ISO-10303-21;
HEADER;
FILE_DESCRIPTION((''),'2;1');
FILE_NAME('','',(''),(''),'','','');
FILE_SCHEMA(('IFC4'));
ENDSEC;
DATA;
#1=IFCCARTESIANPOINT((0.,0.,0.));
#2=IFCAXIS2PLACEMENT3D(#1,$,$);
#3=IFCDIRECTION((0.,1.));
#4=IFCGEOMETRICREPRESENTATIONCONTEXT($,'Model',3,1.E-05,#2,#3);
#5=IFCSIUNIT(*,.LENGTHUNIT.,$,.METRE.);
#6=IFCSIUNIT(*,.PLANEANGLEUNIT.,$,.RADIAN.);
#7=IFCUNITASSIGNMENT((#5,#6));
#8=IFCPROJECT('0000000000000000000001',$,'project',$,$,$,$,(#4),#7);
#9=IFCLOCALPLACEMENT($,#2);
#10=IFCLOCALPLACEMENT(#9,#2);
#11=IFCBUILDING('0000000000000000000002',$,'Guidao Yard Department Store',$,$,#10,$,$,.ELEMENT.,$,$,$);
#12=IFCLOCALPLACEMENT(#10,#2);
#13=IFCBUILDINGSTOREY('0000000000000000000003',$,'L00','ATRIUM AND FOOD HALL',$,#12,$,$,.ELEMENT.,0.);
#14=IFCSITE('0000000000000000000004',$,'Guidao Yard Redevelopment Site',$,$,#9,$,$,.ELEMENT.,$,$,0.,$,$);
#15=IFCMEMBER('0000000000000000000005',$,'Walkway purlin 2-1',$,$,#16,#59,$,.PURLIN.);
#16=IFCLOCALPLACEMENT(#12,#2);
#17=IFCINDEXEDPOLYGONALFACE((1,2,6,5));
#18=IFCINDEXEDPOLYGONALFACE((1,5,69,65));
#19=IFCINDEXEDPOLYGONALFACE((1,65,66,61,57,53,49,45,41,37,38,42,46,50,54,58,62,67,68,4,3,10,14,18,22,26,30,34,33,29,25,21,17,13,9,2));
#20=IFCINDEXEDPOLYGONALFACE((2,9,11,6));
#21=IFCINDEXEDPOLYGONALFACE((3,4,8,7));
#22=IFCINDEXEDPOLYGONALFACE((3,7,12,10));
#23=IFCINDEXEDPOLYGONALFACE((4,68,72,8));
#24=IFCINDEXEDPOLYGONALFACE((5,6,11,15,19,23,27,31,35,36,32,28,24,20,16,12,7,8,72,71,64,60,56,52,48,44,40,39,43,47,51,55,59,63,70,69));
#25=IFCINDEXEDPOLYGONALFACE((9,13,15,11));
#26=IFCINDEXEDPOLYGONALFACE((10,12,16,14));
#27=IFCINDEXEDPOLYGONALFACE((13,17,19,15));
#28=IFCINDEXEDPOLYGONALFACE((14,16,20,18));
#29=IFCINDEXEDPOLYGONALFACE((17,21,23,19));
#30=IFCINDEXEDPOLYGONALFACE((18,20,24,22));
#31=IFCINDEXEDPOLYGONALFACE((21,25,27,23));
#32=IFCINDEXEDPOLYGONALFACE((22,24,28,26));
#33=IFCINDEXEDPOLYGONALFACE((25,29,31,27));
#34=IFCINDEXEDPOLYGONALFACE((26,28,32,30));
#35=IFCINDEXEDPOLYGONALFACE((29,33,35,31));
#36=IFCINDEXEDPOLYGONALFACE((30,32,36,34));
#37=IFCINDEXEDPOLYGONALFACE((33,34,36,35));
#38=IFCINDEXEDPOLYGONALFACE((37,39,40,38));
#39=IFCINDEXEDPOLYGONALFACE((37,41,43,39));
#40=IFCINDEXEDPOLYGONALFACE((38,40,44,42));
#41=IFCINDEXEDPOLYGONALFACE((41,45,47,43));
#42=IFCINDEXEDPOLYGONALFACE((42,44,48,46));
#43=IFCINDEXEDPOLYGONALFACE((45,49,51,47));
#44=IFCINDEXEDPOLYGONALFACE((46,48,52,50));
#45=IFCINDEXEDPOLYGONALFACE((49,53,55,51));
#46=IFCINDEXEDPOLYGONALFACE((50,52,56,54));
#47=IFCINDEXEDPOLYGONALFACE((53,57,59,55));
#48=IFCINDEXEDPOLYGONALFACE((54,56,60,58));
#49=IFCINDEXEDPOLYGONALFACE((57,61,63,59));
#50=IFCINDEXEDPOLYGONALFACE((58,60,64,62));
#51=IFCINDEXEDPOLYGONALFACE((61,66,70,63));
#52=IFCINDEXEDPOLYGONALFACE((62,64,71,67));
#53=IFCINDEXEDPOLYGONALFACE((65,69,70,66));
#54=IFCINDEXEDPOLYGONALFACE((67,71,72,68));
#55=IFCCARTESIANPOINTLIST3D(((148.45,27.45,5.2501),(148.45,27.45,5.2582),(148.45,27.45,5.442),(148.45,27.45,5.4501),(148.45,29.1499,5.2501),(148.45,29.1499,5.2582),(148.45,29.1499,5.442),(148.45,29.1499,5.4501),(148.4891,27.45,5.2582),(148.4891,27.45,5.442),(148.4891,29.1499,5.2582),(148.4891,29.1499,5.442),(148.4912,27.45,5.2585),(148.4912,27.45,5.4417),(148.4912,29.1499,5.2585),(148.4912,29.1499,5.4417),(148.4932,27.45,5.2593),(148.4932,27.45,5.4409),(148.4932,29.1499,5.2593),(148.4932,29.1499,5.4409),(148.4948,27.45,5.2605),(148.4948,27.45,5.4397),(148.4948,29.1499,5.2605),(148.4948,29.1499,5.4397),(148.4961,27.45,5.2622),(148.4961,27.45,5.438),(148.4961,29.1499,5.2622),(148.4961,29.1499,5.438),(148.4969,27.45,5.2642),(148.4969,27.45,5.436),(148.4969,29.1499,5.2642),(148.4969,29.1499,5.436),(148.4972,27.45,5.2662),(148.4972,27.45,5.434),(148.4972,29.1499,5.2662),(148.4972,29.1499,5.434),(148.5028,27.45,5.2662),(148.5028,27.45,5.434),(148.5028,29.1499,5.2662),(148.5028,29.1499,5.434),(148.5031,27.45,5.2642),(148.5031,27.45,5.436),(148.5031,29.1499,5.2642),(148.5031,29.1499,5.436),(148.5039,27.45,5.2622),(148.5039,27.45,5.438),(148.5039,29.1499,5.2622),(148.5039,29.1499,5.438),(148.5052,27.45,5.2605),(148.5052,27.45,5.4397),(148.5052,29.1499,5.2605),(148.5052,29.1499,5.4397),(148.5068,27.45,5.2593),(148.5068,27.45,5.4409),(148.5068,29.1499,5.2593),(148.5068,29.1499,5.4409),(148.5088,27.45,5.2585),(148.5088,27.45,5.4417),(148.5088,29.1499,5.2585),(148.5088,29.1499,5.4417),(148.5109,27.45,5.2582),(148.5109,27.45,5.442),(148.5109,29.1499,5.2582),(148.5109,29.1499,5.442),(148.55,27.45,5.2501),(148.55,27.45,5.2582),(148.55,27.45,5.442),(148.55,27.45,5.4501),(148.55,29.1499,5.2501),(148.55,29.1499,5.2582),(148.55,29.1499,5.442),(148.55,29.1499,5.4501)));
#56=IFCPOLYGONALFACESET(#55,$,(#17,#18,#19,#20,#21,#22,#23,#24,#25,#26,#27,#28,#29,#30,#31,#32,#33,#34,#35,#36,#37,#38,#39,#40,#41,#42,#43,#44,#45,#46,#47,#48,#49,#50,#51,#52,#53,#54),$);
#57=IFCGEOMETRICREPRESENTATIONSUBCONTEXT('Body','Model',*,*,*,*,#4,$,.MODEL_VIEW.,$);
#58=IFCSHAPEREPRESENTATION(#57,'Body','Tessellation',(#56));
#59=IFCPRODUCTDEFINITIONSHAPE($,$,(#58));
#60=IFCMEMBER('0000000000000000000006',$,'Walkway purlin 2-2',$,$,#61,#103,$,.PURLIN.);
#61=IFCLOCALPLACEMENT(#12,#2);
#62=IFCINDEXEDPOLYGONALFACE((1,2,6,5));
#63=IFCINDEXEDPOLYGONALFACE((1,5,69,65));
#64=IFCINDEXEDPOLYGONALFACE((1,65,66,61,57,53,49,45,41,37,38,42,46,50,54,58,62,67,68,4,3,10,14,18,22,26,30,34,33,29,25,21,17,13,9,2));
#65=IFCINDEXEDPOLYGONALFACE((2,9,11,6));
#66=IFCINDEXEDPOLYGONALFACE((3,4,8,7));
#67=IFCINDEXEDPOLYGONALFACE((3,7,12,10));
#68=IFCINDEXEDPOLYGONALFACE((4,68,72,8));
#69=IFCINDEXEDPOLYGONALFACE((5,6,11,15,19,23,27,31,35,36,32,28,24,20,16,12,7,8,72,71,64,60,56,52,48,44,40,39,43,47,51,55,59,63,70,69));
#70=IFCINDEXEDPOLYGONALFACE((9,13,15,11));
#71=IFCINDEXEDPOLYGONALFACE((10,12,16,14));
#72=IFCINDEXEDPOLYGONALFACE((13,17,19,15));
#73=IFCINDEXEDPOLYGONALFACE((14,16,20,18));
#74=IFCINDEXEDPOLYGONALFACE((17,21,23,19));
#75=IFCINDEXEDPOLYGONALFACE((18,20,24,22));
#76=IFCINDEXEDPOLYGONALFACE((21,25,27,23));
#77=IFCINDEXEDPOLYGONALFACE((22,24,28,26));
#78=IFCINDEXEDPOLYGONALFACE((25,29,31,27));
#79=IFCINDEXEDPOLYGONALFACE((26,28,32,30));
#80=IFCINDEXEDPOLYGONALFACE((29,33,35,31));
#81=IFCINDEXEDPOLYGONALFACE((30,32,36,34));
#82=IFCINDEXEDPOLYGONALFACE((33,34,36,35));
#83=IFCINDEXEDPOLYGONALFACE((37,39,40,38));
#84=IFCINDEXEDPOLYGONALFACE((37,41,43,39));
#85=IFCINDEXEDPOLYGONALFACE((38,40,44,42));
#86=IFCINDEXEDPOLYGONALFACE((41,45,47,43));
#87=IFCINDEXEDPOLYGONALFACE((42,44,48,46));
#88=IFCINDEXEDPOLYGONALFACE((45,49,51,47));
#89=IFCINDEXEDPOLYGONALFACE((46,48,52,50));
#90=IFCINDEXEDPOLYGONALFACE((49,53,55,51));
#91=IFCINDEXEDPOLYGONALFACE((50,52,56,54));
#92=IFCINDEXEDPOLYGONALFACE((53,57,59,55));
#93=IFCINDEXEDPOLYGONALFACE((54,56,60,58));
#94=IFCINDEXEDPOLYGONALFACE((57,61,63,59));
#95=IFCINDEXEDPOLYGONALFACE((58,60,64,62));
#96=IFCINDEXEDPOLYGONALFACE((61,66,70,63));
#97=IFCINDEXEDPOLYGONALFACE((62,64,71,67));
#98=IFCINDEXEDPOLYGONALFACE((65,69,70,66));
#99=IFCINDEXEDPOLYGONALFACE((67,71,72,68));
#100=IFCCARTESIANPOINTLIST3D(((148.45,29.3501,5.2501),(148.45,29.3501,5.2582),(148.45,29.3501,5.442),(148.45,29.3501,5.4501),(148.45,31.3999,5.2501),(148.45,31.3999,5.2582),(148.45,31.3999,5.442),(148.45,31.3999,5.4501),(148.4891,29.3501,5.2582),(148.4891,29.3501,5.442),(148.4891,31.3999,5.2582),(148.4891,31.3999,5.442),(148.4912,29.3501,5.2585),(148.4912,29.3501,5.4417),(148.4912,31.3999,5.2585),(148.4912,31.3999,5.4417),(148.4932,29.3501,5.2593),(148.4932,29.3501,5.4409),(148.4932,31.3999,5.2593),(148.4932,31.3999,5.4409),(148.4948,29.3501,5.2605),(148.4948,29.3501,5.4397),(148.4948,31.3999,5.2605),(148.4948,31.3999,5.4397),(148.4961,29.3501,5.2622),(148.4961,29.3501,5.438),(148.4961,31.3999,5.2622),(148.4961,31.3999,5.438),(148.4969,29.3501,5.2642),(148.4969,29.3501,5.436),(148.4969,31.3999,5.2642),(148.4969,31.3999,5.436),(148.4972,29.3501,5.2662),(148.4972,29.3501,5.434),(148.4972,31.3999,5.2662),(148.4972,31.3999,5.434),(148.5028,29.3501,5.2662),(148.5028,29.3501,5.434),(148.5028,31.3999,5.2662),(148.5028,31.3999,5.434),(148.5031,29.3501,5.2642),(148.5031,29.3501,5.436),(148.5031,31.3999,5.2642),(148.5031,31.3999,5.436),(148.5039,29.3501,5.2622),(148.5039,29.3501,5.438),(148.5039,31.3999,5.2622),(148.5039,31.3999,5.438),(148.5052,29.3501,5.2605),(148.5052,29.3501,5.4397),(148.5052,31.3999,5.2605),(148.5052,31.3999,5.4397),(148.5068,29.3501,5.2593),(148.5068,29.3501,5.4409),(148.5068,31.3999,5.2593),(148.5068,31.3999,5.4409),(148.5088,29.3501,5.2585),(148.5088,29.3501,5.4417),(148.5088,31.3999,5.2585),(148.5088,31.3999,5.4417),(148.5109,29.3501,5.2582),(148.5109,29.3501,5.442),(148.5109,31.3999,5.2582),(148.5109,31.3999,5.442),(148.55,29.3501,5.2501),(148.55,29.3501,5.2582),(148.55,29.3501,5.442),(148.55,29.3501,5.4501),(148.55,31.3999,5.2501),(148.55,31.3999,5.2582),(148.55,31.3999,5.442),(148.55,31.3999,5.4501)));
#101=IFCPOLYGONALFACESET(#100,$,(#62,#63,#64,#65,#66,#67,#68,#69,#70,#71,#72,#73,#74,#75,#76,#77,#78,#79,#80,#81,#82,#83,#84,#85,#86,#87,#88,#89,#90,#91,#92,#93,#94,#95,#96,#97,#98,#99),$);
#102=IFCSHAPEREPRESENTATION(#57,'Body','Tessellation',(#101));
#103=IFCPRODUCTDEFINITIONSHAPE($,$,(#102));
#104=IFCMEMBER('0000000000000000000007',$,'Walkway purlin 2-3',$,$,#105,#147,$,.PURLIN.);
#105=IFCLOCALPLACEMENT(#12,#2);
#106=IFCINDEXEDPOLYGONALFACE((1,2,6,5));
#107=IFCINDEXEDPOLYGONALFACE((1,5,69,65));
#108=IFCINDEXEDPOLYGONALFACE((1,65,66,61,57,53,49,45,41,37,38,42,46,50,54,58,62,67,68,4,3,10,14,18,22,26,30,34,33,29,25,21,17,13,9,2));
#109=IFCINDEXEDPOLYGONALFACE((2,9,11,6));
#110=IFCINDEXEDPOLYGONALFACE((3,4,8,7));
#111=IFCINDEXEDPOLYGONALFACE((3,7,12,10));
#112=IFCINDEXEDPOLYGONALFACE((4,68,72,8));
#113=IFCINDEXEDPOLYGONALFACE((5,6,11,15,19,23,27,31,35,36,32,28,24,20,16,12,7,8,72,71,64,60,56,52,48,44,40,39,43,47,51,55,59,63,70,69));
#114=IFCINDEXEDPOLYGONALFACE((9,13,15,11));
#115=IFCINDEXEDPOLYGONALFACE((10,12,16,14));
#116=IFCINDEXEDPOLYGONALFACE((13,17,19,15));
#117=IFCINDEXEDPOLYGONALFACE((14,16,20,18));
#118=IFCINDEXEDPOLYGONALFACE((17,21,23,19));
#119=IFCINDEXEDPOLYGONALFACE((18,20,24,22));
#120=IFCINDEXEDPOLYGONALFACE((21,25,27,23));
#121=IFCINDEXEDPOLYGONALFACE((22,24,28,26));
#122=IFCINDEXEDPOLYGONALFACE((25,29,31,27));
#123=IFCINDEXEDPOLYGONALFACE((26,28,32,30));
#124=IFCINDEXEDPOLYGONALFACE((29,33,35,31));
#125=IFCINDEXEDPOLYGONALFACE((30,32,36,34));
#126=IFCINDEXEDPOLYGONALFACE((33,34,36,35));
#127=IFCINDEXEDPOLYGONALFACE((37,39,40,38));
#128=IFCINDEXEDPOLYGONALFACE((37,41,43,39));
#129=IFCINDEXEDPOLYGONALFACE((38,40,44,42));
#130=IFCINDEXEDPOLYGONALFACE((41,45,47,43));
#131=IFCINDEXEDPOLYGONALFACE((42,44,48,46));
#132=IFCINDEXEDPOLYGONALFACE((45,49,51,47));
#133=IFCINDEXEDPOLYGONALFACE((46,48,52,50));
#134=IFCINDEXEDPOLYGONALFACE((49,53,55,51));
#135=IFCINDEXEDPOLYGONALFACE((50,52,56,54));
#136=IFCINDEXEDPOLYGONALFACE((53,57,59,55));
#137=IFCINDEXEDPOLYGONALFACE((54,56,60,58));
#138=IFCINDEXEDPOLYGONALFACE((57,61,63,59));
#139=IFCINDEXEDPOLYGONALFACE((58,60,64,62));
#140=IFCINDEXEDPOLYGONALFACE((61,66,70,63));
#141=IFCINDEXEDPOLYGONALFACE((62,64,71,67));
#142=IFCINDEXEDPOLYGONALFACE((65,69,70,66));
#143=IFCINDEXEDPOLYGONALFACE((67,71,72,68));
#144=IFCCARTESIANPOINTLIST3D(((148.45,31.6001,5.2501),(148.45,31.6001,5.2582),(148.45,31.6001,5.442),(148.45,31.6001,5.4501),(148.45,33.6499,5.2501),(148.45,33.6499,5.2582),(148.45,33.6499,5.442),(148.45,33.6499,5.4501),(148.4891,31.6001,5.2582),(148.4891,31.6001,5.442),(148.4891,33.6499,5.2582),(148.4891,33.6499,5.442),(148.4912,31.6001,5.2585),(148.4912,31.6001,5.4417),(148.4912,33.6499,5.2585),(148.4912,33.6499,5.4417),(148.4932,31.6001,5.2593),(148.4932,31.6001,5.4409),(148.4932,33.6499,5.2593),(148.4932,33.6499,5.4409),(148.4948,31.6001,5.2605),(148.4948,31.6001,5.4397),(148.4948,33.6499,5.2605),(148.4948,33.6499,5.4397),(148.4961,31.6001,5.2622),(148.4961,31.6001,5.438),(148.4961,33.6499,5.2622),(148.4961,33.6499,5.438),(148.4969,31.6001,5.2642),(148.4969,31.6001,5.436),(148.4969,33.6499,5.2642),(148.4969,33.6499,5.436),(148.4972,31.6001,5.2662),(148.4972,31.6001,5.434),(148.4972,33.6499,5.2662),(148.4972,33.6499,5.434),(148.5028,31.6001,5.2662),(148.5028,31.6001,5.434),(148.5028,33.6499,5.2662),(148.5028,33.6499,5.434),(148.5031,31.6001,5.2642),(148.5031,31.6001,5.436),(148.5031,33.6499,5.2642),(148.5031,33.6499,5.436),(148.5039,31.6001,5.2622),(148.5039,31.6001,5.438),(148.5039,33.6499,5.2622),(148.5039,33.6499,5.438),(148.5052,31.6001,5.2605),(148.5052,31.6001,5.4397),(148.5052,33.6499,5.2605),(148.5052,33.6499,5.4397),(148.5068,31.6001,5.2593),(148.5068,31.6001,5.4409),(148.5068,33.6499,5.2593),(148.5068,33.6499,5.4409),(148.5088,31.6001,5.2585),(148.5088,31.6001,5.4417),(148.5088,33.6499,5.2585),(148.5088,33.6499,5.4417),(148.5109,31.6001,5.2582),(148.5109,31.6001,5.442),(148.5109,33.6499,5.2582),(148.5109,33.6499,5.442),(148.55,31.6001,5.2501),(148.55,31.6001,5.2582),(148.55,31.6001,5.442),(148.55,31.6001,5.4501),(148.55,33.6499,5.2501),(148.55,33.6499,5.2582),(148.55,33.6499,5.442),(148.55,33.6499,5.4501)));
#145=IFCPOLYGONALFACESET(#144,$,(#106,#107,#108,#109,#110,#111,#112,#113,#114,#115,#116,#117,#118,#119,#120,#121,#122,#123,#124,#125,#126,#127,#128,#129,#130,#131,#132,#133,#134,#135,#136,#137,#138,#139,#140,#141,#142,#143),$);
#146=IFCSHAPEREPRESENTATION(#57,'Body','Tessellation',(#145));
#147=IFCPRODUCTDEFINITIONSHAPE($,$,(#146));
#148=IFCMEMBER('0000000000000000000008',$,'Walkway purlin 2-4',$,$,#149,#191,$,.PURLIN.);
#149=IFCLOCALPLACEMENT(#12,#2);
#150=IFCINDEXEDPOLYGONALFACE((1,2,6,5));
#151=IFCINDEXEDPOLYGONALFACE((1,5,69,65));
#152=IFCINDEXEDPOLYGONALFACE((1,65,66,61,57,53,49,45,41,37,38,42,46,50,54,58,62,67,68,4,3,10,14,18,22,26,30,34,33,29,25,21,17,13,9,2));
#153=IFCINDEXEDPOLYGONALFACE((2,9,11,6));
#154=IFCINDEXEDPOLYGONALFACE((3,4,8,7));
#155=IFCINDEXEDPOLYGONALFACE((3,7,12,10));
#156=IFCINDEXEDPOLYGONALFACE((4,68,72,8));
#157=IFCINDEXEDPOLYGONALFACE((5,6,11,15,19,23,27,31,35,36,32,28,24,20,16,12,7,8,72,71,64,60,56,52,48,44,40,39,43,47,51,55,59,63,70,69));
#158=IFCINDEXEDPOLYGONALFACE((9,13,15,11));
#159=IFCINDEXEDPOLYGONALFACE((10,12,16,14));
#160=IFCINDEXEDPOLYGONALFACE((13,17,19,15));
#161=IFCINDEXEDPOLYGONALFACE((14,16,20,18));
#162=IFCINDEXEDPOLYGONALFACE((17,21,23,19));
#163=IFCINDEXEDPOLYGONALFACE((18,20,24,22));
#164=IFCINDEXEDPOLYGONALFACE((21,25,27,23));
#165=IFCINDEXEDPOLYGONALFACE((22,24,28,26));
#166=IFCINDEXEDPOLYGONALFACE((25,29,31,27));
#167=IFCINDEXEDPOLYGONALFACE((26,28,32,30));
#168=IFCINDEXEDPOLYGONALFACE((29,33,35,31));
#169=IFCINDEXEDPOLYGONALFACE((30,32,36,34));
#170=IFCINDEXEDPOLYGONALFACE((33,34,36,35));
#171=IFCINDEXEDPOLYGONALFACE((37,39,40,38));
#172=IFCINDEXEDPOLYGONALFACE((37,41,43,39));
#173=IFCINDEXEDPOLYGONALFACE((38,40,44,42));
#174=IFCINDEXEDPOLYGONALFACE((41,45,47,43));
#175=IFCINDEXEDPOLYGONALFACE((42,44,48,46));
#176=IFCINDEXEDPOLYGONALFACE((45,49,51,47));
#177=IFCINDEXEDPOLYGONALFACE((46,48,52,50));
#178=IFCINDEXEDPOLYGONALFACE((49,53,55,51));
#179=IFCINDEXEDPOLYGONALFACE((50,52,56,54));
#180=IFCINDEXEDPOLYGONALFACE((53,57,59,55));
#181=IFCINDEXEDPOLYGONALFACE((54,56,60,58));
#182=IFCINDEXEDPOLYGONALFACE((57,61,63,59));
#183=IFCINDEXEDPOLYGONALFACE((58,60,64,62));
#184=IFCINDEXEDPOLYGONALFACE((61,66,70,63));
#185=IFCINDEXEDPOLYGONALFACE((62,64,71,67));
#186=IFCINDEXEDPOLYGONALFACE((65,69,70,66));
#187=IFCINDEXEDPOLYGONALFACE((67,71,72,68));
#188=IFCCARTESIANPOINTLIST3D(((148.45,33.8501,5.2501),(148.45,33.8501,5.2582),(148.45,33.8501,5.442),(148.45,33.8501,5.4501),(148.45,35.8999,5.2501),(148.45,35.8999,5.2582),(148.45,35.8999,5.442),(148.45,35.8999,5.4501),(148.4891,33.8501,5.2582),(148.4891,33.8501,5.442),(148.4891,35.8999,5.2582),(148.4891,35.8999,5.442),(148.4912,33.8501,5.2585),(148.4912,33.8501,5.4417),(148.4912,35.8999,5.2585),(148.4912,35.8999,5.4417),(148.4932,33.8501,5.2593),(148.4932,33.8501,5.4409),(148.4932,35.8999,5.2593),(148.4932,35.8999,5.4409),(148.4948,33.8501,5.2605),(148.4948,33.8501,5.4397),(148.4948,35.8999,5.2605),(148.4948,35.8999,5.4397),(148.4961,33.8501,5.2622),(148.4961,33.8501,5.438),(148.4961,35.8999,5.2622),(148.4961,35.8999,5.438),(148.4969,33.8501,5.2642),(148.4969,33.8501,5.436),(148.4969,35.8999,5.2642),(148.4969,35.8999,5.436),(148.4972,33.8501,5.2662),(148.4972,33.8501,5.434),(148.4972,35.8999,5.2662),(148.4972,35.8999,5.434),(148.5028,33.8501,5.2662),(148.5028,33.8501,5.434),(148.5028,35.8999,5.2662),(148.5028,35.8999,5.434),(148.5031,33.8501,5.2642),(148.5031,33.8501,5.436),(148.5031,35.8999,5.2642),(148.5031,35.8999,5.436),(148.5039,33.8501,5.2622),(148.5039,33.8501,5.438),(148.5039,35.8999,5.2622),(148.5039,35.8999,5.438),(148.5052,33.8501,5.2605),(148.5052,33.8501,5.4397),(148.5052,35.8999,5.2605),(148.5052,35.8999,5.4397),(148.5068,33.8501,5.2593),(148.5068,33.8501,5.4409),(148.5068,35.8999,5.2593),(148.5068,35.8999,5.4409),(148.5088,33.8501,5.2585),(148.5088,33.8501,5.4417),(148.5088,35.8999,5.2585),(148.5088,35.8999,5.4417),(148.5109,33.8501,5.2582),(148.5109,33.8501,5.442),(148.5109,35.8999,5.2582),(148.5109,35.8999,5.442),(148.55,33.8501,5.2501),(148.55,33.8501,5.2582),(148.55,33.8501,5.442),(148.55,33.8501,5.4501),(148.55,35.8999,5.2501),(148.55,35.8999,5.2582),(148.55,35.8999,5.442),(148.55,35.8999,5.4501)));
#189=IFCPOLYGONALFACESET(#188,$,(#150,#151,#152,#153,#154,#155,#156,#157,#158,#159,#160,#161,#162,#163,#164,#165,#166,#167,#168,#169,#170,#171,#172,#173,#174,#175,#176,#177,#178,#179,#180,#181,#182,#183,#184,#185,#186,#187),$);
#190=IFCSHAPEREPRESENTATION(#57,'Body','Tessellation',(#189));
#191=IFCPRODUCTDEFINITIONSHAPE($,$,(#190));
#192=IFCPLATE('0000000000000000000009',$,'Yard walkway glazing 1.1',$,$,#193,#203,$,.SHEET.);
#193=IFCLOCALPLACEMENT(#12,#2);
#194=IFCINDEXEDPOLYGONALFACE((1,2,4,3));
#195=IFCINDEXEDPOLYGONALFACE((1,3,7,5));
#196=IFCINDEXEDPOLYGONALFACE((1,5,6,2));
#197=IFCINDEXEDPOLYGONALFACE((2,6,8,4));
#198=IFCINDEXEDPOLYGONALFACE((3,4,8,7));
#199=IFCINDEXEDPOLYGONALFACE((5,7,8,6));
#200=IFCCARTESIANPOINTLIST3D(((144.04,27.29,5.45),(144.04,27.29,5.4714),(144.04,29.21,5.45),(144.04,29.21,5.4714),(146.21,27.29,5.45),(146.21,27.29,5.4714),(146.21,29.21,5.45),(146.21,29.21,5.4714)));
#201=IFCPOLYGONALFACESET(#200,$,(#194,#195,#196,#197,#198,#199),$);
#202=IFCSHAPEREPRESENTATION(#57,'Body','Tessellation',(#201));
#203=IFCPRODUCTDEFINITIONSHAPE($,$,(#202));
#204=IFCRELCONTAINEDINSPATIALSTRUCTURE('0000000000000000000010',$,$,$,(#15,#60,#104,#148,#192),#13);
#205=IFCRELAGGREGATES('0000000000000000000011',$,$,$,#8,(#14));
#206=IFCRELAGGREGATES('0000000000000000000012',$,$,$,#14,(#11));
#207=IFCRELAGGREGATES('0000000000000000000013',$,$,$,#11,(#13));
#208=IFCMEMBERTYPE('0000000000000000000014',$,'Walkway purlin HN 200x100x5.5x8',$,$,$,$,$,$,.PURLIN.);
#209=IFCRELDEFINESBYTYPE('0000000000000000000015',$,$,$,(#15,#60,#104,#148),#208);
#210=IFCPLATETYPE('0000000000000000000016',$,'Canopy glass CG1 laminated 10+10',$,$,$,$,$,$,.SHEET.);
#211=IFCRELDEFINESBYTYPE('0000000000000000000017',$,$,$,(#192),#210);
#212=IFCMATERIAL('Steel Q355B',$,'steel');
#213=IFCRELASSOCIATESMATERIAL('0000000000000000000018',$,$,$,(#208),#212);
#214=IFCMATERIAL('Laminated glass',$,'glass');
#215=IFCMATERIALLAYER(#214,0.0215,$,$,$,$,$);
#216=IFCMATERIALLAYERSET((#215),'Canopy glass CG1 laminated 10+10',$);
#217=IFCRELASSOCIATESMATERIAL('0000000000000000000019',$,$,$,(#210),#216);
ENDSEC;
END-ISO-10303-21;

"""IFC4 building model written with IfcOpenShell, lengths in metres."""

from ifc_helpers import new_model, si_unit, direction, frame, origin, origin_2d, place, context, subcontext, project, spatial, rectangle, i_section, extrude, material, layer, layer_set, material_profile, profile_set, type_object, element, save


model = new_model("IFC4")

# Units and contexts
model_context = context("Model", 3, precision=1e-05, world=origin(), true_north=direction((0.0, 1.0)))
body_context = subcontext(model_context, "Body", "Model", "MODEL_VIEW")
ifc_project = project(units=[si_unit("LENGTHUNIT", "METRE"), si_unit("PLANEANGLEUNIT", "RADIAN")], contexts=[model_context])

# Site, building, storey
site_placement = place(None, origin())
site = spatial("IfcSite", under=ifc_project, at=site_placement, Name="Guidao Yard Redevelopment Site", CompositionType="ELEMENT", RefElevation=0.0)
building_placement = place(site_placement, origin())
building = spatial("IfcBuilding", under=site, at=building_placement, Name="Guidao Yard Department Store", CompositionType="ELEMENT")
storey_placement = place(building_placement, origin())
storey = spatial("IfcBuildingStorey", under=building, at=storey_placement, Name="L00", Description="ATRIUM AND FOOD HALL", CompositionType="ELEMENT", Elevation=0.0)

# Members
ifc_material_1 = material(Name="Steel Q355B", Category="steel")
ifc_material_profile_1 = material_profile(ifc_material_1, i_section(OverallWidth=0.1001, OverallDepth=0.2, WebThickness=0.0056, FlangeThickness=0.0081, FilletRadius=0.0081, at=origin_2d()), Name="HN 200x100x5.5x8")
ifc_profile_set_1 = profile_set([ifc_material_profile_1], Name="Steel Q355B")
member_type = type_object("IfcMemberType", Name="Walkway purlin HN 200x100x5.5x8", PredefinedType="PURLIN", material=ifc_profile_set_1)
member_1_placement = place(storey_placement, frame((148.5, 27.45, 5.3501), z_axis=(0.0, 1.0, 0.0), x_axis=(-1.0, 0.0, 0.0)))
element("IfcMember", 1, at=member_1_placement, inside=storey, type_object=member_type, Name="Walkway purlin 2-1", PredefinedType="PURLIN", context=body_context, shape_type="SweptSolid", body=[
    extrude(i_section(OverallWidth=0.1001, OverallDepth=0.2, WebThickness=0.0056, FlangeThickness=0.0081, FilletRadius=0.0081, at=origin_2d()), origin(), (0.0, 0.0, 1.0), 1.7),
])
for number, where, z_axis, x_axis, name in (
    (2, (148.5, 29.3501, 5.3501), (0.0, 1.0, 0.0), (-1.0, 0.0, 0.0), "Walkway purlin 2-2"),
    (3, (148.5, 31.6001, 5.3501), (0.0, 1.0, 0.0), (-1.0, 0.0, 0.0), "Walkway purlin 2-3"),
    (4, (148.5, 33.8501, 5.3501), (0.0, 1.0, 0.0), (-1.0, 0.0, 0.0), "Walkway purlin 2-4"),
):
    element("IfcMember", number, at=place(storey_placement, frame(where, z_axis=z_axis, x_axis=x_axis)), inside=storey, type_object=member_type, Name=name, PredefinedType="PURLIN", context=body_context, shape_type="SweptSolid", body=[
        extrude(i_section(OverallWidth=0.1001, OverallDepth=0.2, WebThickness=0.0056, FlangeThickness=0.0081, FilletRadius=0.0081, at=origin_2d()), origin(), (0.0, 0.0, 1.0), 2.0498),
    ])

# Plate
ifc_material_2 = material(Name="Laminated glass", Category="glass")
ifc_layer = layer(ifc_material_2, 0.0215)
ifc_layer_set = layer_set([ifc_layer], Name="Canopy glass CG1 laminated 10+10")
plate_type = type_object("IfcPlateType", Name="Canopy glass CG1 laminated 10+10", PredefinedType="SHEET", material=ifc_layer_set)
plate_1_placement = place(storey_placement, frame((145.125, 28.25, 5.45), z_axis=(0.0, 0.0, 1.0), x_axis=(1.0, 0.0, 0.0)))
element("IfcPlate", 5, at=plate_1_placement, inside=storey, type_object=plate_type, Name="Yard walkway glazing 1.1", PredefinedType="SHEET", context=body_context, shape_type="SweptSolid", body=[
    extrude(rectangle(XDim=2.1699, YDim=1.9199, at=origin_2d()), origin(), (0.0, 0.0, 1.0), 0.0215),
])

save(model, "model.ifc")
